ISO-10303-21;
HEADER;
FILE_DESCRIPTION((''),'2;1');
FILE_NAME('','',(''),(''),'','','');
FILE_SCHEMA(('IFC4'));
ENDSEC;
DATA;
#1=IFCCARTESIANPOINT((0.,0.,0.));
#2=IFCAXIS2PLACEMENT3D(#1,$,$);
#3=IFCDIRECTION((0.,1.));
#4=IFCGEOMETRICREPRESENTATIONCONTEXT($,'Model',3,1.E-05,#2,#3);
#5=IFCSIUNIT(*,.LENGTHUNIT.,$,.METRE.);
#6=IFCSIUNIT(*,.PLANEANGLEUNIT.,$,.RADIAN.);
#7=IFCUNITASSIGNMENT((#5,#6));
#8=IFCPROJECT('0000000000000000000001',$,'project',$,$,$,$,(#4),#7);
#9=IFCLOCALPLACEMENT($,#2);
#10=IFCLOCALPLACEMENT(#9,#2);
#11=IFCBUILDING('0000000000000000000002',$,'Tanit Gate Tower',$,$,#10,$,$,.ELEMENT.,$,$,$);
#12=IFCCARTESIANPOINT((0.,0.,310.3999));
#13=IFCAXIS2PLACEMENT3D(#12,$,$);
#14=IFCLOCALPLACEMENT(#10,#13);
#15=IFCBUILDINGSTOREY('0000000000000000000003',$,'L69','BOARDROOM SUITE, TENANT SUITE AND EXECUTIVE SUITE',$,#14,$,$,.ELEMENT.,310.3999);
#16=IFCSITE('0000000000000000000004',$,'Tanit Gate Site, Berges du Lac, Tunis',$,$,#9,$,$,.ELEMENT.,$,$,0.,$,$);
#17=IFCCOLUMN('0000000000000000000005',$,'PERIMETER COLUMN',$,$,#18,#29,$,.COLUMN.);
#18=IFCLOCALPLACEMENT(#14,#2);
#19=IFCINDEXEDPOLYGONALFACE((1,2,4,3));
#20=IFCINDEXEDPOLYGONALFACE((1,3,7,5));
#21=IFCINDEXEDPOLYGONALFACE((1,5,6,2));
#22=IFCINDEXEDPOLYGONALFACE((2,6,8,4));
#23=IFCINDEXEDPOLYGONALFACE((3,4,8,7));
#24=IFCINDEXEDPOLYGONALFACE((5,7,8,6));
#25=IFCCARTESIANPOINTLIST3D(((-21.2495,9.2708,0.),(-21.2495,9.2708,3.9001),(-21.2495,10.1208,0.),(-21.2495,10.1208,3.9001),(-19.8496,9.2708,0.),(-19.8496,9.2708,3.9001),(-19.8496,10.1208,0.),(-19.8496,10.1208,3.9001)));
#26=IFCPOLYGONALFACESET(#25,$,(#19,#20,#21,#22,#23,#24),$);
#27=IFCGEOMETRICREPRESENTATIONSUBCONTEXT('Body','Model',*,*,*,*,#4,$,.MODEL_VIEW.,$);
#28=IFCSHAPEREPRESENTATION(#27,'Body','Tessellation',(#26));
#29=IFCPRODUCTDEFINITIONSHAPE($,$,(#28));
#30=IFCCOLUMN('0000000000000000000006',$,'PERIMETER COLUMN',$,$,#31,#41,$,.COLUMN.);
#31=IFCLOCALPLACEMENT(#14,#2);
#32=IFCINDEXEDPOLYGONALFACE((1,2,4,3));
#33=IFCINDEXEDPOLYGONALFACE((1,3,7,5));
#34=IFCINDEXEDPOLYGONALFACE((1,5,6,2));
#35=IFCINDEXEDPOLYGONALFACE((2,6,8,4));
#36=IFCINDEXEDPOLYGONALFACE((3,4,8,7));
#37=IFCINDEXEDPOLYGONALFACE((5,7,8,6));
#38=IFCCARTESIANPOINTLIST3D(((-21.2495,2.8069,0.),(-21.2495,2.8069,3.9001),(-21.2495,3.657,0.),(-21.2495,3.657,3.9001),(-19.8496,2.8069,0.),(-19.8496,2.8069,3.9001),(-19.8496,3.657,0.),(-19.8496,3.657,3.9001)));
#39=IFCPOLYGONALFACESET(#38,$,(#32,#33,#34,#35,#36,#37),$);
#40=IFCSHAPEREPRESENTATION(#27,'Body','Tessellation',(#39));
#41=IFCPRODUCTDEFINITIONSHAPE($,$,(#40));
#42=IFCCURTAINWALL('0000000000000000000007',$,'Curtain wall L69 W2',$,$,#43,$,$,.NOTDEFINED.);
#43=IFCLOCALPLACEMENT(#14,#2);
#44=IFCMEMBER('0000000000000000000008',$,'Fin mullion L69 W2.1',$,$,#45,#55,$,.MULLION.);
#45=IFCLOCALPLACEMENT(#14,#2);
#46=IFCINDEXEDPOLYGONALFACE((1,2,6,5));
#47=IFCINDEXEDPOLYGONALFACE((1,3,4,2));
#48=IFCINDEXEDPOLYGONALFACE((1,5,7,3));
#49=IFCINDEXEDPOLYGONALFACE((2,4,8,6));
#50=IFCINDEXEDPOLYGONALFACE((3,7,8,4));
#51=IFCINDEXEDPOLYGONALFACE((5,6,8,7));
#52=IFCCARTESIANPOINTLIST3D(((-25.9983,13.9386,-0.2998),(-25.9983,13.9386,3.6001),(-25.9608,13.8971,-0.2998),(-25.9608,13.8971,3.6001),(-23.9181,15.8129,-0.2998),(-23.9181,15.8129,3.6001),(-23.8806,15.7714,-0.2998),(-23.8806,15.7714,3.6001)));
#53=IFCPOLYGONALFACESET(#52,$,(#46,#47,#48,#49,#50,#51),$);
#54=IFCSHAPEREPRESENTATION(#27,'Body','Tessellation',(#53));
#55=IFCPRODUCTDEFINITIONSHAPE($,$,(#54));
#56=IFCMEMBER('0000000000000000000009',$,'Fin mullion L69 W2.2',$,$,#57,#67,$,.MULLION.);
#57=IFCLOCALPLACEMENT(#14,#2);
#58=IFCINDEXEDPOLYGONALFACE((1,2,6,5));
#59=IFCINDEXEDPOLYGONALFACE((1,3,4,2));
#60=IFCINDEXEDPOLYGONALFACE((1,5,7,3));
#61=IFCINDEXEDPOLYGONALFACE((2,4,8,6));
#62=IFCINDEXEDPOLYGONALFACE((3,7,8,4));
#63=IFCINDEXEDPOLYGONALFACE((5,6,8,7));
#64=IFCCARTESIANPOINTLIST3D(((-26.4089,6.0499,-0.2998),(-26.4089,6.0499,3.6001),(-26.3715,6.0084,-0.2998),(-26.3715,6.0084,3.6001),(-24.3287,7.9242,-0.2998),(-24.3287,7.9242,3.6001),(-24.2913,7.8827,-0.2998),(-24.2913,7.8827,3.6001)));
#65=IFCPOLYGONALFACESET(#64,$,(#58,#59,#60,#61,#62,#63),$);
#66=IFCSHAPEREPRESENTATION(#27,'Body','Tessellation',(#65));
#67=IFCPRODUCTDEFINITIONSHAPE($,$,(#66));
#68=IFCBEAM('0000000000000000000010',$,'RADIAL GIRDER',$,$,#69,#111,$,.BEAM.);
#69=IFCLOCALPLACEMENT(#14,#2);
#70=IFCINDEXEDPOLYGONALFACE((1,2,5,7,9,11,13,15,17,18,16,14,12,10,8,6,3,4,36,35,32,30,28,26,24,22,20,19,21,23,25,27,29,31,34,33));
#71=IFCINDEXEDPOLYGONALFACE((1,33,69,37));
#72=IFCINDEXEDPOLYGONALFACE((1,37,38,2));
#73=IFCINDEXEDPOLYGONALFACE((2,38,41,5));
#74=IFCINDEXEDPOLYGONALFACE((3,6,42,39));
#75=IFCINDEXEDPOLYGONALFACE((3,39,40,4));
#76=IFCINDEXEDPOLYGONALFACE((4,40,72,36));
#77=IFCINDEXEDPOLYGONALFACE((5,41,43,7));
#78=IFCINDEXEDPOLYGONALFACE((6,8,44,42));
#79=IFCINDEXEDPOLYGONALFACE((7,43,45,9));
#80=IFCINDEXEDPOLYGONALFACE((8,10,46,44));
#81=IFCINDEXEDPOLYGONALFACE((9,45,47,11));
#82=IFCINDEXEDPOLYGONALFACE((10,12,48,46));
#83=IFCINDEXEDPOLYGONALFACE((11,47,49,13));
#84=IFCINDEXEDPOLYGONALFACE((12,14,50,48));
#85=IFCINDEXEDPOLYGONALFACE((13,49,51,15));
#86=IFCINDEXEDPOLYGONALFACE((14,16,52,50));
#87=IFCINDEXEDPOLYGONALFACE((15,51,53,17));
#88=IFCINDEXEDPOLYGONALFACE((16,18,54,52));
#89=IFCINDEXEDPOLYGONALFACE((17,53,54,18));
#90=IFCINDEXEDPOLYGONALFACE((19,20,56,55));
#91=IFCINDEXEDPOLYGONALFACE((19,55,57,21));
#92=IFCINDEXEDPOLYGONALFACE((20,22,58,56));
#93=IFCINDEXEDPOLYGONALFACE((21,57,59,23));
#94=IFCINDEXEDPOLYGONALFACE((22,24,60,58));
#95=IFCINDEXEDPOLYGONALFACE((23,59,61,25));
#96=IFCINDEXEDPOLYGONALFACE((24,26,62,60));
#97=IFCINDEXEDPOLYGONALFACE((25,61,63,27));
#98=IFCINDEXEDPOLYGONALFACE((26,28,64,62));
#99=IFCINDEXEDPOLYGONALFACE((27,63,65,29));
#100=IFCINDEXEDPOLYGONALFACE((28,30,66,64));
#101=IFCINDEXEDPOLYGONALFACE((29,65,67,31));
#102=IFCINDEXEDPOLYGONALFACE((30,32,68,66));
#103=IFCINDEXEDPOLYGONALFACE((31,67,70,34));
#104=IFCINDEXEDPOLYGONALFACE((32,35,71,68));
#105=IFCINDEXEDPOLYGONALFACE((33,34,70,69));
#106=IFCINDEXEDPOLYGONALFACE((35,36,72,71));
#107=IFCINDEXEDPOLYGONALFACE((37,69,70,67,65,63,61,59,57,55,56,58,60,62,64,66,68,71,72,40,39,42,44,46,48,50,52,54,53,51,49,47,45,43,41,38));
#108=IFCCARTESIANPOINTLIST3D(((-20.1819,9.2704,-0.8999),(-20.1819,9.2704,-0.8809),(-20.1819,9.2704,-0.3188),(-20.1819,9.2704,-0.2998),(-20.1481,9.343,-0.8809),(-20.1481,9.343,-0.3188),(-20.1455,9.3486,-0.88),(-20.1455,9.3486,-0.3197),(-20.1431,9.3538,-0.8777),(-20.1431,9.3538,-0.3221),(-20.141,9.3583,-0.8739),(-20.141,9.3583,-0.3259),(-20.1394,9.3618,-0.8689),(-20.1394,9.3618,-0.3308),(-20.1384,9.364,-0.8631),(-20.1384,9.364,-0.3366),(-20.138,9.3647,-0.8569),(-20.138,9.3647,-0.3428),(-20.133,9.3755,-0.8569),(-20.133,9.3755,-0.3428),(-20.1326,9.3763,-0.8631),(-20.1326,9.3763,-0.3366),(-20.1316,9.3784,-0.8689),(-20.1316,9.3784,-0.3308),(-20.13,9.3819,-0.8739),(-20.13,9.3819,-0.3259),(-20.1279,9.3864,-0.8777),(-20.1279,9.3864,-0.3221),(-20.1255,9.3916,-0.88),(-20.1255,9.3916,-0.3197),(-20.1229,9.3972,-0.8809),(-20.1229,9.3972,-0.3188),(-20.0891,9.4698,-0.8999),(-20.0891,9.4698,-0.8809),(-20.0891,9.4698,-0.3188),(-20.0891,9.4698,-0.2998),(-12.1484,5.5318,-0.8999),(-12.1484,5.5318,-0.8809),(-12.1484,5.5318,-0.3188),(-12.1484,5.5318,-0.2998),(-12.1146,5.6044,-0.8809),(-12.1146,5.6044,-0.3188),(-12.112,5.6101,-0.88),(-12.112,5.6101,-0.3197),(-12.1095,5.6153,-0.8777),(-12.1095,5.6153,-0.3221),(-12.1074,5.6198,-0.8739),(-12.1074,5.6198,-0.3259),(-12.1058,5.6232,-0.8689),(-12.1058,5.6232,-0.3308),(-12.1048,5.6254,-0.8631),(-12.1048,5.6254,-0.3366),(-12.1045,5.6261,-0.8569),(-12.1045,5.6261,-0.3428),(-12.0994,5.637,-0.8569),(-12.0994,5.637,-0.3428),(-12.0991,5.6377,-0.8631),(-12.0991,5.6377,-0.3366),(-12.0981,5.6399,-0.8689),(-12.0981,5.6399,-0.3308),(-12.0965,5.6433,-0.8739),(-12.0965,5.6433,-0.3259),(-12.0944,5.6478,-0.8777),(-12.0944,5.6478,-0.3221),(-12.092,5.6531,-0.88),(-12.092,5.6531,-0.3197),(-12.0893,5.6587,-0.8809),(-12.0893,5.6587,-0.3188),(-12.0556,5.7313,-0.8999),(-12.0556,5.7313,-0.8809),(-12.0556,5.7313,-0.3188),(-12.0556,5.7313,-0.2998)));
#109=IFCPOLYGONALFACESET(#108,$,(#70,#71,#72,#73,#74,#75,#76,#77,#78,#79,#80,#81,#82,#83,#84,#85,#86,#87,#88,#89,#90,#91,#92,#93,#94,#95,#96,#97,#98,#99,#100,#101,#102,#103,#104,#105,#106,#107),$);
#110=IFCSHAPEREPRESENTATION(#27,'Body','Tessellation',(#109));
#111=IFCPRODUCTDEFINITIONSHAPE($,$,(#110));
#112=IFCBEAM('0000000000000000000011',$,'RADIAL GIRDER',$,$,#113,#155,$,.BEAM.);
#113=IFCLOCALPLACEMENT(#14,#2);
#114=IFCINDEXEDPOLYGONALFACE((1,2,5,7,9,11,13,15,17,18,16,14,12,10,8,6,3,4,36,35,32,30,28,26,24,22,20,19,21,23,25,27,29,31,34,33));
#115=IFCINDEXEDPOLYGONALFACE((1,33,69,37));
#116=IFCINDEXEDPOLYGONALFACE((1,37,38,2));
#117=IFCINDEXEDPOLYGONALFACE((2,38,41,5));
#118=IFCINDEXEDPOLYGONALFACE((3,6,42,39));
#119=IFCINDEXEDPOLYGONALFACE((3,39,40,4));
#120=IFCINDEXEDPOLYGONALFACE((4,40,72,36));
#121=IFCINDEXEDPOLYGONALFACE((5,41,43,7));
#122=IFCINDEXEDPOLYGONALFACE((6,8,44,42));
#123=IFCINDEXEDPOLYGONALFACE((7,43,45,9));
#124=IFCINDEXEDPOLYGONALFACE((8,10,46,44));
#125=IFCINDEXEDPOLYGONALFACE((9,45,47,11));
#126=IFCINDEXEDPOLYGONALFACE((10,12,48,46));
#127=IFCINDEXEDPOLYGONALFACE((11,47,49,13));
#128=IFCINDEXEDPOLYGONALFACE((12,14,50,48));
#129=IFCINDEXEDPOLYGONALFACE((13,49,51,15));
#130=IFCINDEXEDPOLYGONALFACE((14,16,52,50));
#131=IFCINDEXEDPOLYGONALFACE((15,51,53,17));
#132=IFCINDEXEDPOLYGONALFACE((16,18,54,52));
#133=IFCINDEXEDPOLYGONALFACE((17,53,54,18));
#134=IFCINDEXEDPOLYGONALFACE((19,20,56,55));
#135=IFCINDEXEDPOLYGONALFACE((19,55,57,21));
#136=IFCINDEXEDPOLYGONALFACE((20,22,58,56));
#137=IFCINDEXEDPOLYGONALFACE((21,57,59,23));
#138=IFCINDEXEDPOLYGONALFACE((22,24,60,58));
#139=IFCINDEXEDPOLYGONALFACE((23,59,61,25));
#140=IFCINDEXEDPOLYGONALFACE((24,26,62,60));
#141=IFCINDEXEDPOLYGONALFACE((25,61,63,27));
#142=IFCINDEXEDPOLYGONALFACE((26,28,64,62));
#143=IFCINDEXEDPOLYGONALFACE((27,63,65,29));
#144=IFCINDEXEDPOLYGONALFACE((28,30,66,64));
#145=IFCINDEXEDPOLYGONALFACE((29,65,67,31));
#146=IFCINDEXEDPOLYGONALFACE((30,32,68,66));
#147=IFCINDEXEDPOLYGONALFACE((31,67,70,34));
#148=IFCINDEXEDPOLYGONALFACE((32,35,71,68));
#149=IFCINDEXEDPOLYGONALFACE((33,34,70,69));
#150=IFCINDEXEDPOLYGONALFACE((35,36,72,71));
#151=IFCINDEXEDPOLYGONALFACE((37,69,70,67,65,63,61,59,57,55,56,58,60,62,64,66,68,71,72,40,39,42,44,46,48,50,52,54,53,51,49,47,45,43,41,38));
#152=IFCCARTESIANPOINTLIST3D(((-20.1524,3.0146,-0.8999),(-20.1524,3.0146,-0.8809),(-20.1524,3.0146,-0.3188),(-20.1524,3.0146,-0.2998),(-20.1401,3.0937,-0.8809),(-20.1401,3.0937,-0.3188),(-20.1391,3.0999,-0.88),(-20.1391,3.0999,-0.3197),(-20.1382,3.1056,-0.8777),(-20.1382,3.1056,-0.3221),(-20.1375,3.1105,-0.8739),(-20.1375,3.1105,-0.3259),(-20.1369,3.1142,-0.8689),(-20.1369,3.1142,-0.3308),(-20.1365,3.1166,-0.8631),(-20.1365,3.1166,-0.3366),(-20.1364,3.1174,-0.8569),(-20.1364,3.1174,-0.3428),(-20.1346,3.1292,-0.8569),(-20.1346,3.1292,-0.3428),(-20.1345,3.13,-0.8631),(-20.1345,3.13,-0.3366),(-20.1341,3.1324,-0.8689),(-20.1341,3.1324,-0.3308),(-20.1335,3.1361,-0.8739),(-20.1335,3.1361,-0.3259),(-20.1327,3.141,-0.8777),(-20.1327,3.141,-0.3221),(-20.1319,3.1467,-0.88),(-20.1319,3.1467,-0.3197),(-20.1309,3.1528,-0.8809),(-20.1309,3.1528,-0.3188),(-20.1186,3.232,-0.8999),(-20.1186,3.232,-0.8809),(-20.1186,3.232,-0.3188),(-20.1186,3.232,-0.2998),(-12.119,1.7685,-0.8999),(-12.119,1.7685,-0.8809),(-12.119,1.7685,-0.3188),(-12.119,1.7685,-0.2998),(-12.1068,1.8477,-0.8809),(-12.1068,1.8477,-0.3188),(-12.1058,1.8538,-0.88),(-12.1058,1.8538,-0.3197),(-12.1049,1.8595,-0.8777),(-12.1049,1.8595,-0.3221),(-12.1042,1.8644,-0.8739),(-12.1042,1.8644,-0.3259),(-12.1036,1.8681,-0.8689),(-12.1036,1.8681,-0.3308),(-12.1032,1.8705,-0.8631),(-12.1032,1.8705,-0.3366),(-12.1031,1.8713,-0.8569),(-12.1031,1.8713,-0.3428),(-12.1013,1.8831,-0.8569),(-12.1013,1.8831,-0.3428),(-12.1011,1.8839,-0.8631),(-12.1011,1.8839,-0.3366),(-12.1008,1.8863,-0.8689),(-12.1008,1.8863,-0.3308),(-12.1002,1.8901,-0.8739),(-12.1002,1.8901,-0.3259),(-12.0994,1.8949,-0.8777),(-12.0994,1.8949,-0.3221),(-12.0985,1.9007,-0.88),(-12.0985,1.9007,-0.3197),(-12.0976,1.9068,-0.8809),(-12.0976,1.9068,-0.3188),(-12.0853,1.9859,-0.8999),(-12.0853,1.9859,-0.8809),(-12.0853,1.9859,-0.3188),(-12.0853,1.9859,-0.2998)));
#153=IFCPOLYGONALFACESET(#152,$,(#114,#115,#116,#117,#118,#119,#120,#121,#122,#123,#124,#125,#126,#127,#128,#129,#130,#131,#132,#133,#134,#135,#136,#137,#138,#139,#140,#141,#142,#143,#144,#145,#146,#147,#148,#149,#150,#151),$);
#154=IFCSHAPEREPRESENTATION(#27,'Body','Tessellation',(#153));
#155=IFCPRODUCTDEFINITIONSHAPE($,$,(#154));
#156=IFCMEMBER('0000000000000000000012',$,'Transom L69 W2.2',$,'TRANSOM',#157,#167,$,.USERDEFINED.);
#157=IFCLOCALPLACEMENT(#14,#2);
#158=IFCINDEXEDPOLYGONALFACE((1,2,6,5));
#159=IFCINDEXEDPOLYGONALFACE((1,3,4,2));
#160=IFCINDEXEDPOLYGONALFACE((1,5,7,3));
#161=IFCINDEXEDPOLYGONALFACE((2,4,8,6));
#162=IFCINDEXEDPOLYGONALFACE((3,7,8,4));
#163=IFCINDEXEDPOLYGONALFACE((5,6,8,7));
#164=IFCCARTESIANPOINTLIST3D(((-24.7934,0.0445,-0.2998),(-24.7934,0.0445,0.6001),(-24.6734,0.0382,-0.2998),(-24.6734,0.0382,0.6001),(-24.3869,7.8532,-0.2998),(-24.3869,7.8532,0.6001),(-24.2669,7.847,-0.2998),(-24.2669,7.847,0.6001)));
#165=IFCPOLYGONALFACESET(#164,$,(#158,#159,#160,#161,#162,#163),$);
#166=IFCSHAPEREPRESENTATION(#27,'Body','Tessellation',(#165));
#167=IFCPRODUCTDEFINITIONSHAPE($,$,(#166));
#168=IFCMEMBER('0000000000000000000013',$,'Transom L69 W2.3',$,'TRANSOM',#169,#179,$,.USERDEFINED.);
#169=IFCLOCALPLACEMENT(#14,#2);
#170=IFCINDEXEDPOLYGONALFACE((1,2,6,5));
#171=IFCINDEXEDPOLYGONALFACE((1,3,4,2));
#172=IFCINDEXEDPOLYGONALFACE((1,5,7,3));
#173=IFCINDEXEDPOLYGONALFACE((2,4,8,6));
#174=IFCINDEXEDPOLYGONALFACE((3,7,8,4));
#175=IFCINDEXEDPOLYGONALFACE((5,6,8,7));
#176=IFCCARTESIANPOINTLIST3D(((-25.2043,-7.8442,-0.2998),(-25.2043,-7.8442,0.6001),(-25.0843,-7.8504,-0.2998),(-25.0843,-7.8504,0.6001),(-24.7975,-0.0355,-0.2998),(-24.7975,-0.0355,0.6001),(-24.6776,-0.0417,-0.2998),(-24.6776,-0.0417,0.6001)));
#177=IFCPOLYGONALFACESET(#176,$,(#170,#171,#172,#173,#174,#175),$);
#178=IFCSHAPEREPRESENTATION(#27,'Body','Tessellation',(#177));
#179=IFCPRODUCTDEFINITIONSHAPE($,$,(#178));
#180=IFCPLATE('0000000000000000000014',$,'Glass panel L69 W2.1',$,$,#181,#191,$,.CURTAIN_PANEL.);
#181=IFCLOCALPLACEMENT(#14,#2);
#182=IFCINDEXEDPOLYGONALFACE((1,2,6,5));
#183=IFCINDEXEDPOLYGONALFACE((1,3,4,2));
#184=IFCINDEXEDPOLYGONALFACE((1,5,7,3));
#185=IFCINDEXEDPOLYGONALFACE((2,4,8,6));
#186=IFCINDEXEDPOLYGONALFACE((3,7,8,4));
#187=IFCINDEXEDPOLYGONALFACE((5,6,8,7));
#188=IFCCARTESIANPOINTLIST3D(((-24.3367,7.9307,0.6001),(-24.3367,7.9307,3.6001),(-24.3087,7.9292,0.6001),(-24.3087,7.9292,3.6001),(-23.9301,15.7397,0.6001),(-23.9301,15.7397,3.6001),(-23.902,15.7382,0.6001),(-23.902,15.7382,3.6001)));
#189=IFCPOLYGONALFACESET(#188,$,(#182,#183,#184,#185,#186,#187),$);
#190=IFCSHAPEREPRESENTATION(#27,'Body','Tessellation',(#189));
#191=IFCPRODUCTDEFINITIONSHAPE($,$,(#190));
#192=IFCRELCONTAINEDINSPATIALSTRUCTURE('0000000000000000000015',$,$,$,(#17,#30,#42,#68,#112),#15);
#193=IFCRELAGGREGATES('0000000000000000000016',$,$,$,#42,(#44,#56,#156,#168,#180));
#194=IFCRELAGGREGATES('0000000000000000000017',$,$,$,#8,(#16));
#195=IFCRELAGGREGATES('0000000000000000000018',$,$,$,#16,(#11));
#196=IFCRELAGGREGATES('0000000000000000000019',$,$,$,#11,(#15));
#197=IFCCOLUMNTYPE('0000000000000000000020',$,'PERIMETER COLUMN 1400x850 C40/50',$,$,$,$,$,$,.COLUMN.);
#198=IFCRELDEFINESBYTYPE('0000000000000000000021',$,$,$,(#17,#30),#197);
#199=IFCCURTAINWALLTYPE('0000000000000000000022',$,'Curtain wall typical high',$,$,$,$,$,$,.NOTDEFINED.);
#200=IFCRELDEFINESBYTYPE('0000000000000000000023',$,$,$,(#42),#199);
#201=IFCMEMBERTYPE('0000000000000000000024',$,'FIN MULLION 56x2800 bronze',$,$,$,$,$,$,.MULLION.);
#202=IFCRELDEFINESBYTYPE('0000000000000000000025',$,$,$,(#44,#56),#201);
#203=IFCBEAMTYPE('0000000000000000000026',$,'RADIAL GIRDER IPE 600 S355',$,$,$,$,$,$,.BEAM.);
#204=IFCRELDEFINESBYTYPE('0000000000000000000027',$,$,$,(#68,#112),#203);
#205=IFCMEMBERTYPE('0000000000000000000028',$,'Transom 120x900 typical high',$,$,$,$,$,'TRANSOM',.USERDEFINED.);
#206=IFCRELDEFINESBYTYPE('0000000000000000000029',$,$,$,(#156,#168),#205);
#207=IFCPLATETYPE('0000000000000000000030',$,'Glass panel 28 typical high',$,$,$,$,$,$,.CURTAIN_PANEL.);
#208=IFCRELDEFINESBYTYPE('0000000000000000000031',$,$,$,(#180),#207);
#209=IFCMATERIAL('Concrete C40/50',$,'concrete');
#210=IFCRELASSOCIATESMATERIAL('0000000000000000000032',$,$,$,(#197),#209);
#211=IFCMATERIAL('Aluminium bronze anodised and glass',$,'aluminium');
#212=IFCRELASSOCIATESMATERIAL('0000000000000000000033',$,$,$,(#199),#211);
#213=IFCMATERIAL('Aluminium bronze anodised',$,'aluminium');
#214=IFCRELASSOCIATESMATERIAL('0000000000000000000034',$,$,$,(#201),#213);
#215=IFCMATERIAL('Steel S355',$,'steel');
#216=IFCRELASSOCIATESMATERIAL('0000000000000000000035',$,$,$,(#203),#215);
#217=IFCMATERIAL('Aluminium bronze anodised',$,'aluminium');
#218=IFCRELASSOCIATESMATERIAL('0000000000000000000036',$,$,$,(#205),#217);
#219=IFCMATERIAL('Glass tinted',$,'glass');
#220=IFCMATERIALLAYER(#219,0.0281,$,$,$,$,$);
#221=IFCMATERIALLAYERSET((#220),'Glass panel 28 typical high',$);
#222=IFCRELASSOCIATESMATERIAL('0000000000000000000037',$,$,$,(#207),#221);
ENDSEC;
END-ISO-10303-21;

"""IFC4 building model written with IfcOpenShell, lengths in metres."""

from ifc_helpers import new_model, si_unit, direction, frame, origin, origin_2d, place, context, subcontext, project, spatial, rectangle, i_section, extrude, material, layer, layer_set, material_profile, profile_set, type_object, element, aggregate, save


model = new_model("IFC4")

# Units and contexts
model_context = context("Model", 3, precision=1e-05, world=origin(), true_north=direction((0.0, 1.0)))
body_context = subcontext(model_context, "Body", "Model", "MODEL_VIEW")
ifc_project = project(units=[si_unit("LENGTHUNIT", "METRE"), si_unit("PLANEANGLEUNIT", "RADIAN")], contexts=[model_context])

# Site, building, storey
site_placement = place(None, origin())
site = spatial("IfcSite", under=ifc_project, at=site_placement, Name="Tanit Gate Site, Berges du Lac, Tunis", CompositionType="ELEMENT", RefElevation=0.0)
building_placement = place(site_placement, origin())
building = spatial("IfcBuilding", under=site, at=building_placement, Name="Tanit Gate Tower", CompositionType="ELEMENT")
storey_placement = place(building_placement, frame((0.0, 0.0, 310.3999)))
storey = spatial("IfcBuildingStorey", under=building, at=storey_placement, Name="L69", Description="BOARDROOM SUITE, TENANT SUITE AND EXECUTIVE SUITE", CompositionType="ELEMENT", Elevation=310.3999)

# Columns
ifc_material_1 = material(Name="Concrete C40/50", Category="concrete")
ifc_material_profile_1 = material_profile(ifc_material_1, rectangle(XDim=1.3999, YDim=0.8501, at=origin_2d()), Name="RC 1400x850")
ifc_profile_set_1 = profile_set([ifc_material_profile_1], Name="Concrete C40/50")
column_type = type_object("IfcColumnType", Name="PERIMETER COLUMN 1400x850 C40/50", PredefinedType="COLUMN", material=ifc_profile_set_1)
for number, where, z_axis, x_axis, name in (
    (1, (-20.5496, 9.6958, 0.0), (0.0, 0.0, 1.0), (-1.0, 0.0, 0.0), "PERIMETER COLUMN"),
    (2, (-20.5496, 3.2319, 0.0), (0.0, 0.0, 1.0), (-1.0, 0.0, 0.0), "PERIMETER COLUMN"),
):
    element("IfcColumn", number, at=place(storey_placement, frame(where, z_axis=z_axis, x_axis=x_axis)), inside=storey, type_object=column_type, Name=name, PredefinedType="COLUMN", context=body_context, shape_type="SweptSolid", body=[
        extrude(rectangle(XDim=1.3999, YDim=0.8501, at=origin_2d()), origin(), (0.0, 0.0, 1.0), 3.9001),
    ])

# Curtain wall, members
ifc_material_2 = material(Name="Aluminium bronze anodised and glass", Category="aluminium")
curtain_wall_type = type_object("IfcCurtainWallType", Name="Curtain wall typical high", PredefinedType="NOTDEFINED", material=ifc_material_2)
curtain_wall_placement = place(storey_placement, origin())
curtain_wall = element("IfcCurtainWall", 3, at=curtain_wall_placement, inside=storey, type_object=curtain_wall_type, Name="Curtain wall L69 W2", PredefinedType="NOTDEFINED")
ifc_material_3 = material(Name="Aluminium bronze anodised", Category="aluminium")
ifc_material_profile_2 = material_profile(ifc_material_3, rectangle(XDim=2.8, YDim=0.0559, at=origin_2d()), Name="56x2800 bronze fin mullion")
ifc_profile_set_2 = profile_set([ifc_material_profile_2], Name="Aluminium bronze anodised")
member_type_1 = type_object("IfcMemberType", Name="FIN MULLION 56x2800 bronze", PredefinedType="MULLION", material=ifc_profile_set_2)
member_1_placement = place(storey_placement, frame((-24.9395, 14.855, -0.2998), z_axis=(0.0, 0.0, 1.0), x_axis=(0.742922, 0.669378, 0.0)))
member_1 = element("IfcMember", 4, at=member_1_placement, type_object=member_type_1, Name="Fin mullion L69 W2.1", PredefinedType="MULLION", context=body_context, shape_type="SweptSolid", body=[
    extrude(rectangle(XDim=2.8, YDim=0.0559, at=origin_2d()), origin(), (0.0, 0.0, 1.0), 3.8999),
])
member_2_placement = place(storey_placement, frame((-25.3501, 6.9663, -0.2998), z_axis=(0.0, 0.0, 1.0), x_axis=(0.742922, 0.669378, 0.0)))
member_2 = element("IfcMember", 5, at=member_2_placement, type_object=member_type_1, Name="Fin mullion L69 W2.2", PredefinedType="MULLION", context=body_context, shape_type="SweptSolid", body=[
    extrude(rectangle(XDim=2.8, YDim=0.0559, at=origin_2d()), origin(), (0.0, 0.0, 1.0), 3.8999),
])

# Beams
ifc_material_4 = material(Name="Steel S355", Category="steel")
ifc_material_profile_3 = material_profile(ifc_material_4, i_section(OverallWidth=0.22, OverallDepth=0.6001, WebThickness=0.012, FlangeThickness=0.019, FilletRadius=0.0239, at=origin_2d()), Name="IPE 600")
ifc_profile_set_3 = profile_set([ifc_material_profile_3], Name="Steel S355")
beam_type = type_object("IfcBeamType", Name="RADIAL GIRDER IPE 600 S355", PredefinedType="BEAM", material=ifc_profile_set_3)
beam_1_placement = place(storey_placement, frame((-20.1355, 9.3701, -0.5999), z_axis=(0.906633, -0.42192, 0.0), x_axis=(0.42192, 0.906633, 0.0)))
element("IfcBeam", 6, at=beam_1_placement, inside=storey, type_object=beam_type, Name="RADIAL GIRDER", PredefinedType="BEAM", context=body_context, shape_type="SweptSolid", body=[
    extrude(i_section(OverallWidth=0.22, OverallDepth=0.6001, WebThickness=0.012, FlangeThickness=0.019, FilletRadius=0.0239, at=origin_2d()), origin(), (0.0, 0.0, 1.0), 8.8608),
])
beam_2_placement = place(storey_placement, frame((-20.1355, 3.1233, -0.5999), z_axis=(0.988183, -0.15328, 0.0), x_axis=(0.15328, 0.988183, 0.0)))
element("IfcBeam", 7, at=beam_2_placement, inside=storey, type_object=beam_type, Name="RADIAL GIRDER", PredefinedType="BEAM", context=body_context, shape_type="SweptSolid", body=[
    extrude(i_section(OverallWidth=0.22, OverallDepth=0.6001, WebThickness=0.012, FlangeThickness=0.019, FilletRadius=0.0239, at=origin_2d()), origin(), (0.0, 0.0, 1.0), 8.1294),
])

# Members
ifc_material_5 = material(Name="Aluminium bronze anodised", Category="aluminium")
ifc_material_profile_4 = material_profile(ifc_material_5, rectangle(XDim=0.1201, YDim=0.8999, at=origin_2d()), Name="120x900 bronze transom")
ifc_profile_set_4 = profile_set([ifc_material_profile_4], Name="Aluminium bronze anodised")
member_type_2 = type_object("IfcMemberType", Name="Transom 120x900 typical high", ElementType="TRANSOM", PredefinedType="USERDEFINED", material=ifc_profile_set_4)
member_3_placement = place(storey_placement, frame((-24.3269, 7.8501, 0.1501), z_axis=(-0.051985, -0.998648, 0.0), x_axis=(0.998648, -0.051985, 0.0)))
member_3 = element("IfcMember", 8, at=member_3_placement, type_object=member_type_2, Name="Transom L69 W2.2", ObjectType="TRANSOM", PredefinedType="USERDEFINED", context=body_context, shape_type="SweptSolid", body=[
    extrude(rectangle(XDim=0.1201, YDim=0.8999, at=origin_2d()), origin(), (0.0, 0.0, 1.0), 7.8193),
])
member_4_placement = place(storey_placement, frame((-24.7375, -0.0386, 0.1501), z_axis=(-0.052016, -0.998646, 0.0), x_axis=(0.998646, -0.052016, 0.0)))
member_4 = element("IfcMember", 9, at=member_4_placement, type_object=member_type_2, Name="Transom L69 W2.3", ObjectType="TRANSOM", PredefinedType="USERDEFINED", context=body_context, shape_type="SweptSolid", body=[
    extrude(rectangle(XDim=0.1201, YDim=0.8999, at=origin_2d()), origin(), (0.0, 0.0, 1.0), 7.8193),
])

# Plate
ifc_material_6 = material(Name="Glass tinted", Category="glass")
ifc_layer_1 = layer(ifc_material_6, 0.0281)
ifc_layer_set_1 = layer_set([ifc_layer_1], Name="Glass panel 28 typical high")
plate_type = type_object("IfcPlateType", Name="Glass panel 28 typical high", PredefinedType="CURTAIN_PANEL", material=ifc_layer_set_1)
plate_1_placement = place(storey_placement, frame((-24.1194, 11.8345, 0.6001), z_axis=(0.0, 0.0, 1.0), x_axis=(-0.052003, -0.998647, 0.0)))
plate_1 = element("IfcPlate", 10, at=plate_1_placement, type_object=plate_type, Name="Glass panel L69 W2.1", PredefinedType="CURTAIN_PANEL", context=body_context, shape_type="SweptSolid", body=[
    extrude(rectangle(XDim=7.8196, YDim=0.0281, at=origin_2d()), origin(), (0.0, 0.0, 1.0), 3.0),
])
aggregate(curtain_wall, [member_1, member_2, member_3, member_4, plate_1])

save(model, "model.ifc")
